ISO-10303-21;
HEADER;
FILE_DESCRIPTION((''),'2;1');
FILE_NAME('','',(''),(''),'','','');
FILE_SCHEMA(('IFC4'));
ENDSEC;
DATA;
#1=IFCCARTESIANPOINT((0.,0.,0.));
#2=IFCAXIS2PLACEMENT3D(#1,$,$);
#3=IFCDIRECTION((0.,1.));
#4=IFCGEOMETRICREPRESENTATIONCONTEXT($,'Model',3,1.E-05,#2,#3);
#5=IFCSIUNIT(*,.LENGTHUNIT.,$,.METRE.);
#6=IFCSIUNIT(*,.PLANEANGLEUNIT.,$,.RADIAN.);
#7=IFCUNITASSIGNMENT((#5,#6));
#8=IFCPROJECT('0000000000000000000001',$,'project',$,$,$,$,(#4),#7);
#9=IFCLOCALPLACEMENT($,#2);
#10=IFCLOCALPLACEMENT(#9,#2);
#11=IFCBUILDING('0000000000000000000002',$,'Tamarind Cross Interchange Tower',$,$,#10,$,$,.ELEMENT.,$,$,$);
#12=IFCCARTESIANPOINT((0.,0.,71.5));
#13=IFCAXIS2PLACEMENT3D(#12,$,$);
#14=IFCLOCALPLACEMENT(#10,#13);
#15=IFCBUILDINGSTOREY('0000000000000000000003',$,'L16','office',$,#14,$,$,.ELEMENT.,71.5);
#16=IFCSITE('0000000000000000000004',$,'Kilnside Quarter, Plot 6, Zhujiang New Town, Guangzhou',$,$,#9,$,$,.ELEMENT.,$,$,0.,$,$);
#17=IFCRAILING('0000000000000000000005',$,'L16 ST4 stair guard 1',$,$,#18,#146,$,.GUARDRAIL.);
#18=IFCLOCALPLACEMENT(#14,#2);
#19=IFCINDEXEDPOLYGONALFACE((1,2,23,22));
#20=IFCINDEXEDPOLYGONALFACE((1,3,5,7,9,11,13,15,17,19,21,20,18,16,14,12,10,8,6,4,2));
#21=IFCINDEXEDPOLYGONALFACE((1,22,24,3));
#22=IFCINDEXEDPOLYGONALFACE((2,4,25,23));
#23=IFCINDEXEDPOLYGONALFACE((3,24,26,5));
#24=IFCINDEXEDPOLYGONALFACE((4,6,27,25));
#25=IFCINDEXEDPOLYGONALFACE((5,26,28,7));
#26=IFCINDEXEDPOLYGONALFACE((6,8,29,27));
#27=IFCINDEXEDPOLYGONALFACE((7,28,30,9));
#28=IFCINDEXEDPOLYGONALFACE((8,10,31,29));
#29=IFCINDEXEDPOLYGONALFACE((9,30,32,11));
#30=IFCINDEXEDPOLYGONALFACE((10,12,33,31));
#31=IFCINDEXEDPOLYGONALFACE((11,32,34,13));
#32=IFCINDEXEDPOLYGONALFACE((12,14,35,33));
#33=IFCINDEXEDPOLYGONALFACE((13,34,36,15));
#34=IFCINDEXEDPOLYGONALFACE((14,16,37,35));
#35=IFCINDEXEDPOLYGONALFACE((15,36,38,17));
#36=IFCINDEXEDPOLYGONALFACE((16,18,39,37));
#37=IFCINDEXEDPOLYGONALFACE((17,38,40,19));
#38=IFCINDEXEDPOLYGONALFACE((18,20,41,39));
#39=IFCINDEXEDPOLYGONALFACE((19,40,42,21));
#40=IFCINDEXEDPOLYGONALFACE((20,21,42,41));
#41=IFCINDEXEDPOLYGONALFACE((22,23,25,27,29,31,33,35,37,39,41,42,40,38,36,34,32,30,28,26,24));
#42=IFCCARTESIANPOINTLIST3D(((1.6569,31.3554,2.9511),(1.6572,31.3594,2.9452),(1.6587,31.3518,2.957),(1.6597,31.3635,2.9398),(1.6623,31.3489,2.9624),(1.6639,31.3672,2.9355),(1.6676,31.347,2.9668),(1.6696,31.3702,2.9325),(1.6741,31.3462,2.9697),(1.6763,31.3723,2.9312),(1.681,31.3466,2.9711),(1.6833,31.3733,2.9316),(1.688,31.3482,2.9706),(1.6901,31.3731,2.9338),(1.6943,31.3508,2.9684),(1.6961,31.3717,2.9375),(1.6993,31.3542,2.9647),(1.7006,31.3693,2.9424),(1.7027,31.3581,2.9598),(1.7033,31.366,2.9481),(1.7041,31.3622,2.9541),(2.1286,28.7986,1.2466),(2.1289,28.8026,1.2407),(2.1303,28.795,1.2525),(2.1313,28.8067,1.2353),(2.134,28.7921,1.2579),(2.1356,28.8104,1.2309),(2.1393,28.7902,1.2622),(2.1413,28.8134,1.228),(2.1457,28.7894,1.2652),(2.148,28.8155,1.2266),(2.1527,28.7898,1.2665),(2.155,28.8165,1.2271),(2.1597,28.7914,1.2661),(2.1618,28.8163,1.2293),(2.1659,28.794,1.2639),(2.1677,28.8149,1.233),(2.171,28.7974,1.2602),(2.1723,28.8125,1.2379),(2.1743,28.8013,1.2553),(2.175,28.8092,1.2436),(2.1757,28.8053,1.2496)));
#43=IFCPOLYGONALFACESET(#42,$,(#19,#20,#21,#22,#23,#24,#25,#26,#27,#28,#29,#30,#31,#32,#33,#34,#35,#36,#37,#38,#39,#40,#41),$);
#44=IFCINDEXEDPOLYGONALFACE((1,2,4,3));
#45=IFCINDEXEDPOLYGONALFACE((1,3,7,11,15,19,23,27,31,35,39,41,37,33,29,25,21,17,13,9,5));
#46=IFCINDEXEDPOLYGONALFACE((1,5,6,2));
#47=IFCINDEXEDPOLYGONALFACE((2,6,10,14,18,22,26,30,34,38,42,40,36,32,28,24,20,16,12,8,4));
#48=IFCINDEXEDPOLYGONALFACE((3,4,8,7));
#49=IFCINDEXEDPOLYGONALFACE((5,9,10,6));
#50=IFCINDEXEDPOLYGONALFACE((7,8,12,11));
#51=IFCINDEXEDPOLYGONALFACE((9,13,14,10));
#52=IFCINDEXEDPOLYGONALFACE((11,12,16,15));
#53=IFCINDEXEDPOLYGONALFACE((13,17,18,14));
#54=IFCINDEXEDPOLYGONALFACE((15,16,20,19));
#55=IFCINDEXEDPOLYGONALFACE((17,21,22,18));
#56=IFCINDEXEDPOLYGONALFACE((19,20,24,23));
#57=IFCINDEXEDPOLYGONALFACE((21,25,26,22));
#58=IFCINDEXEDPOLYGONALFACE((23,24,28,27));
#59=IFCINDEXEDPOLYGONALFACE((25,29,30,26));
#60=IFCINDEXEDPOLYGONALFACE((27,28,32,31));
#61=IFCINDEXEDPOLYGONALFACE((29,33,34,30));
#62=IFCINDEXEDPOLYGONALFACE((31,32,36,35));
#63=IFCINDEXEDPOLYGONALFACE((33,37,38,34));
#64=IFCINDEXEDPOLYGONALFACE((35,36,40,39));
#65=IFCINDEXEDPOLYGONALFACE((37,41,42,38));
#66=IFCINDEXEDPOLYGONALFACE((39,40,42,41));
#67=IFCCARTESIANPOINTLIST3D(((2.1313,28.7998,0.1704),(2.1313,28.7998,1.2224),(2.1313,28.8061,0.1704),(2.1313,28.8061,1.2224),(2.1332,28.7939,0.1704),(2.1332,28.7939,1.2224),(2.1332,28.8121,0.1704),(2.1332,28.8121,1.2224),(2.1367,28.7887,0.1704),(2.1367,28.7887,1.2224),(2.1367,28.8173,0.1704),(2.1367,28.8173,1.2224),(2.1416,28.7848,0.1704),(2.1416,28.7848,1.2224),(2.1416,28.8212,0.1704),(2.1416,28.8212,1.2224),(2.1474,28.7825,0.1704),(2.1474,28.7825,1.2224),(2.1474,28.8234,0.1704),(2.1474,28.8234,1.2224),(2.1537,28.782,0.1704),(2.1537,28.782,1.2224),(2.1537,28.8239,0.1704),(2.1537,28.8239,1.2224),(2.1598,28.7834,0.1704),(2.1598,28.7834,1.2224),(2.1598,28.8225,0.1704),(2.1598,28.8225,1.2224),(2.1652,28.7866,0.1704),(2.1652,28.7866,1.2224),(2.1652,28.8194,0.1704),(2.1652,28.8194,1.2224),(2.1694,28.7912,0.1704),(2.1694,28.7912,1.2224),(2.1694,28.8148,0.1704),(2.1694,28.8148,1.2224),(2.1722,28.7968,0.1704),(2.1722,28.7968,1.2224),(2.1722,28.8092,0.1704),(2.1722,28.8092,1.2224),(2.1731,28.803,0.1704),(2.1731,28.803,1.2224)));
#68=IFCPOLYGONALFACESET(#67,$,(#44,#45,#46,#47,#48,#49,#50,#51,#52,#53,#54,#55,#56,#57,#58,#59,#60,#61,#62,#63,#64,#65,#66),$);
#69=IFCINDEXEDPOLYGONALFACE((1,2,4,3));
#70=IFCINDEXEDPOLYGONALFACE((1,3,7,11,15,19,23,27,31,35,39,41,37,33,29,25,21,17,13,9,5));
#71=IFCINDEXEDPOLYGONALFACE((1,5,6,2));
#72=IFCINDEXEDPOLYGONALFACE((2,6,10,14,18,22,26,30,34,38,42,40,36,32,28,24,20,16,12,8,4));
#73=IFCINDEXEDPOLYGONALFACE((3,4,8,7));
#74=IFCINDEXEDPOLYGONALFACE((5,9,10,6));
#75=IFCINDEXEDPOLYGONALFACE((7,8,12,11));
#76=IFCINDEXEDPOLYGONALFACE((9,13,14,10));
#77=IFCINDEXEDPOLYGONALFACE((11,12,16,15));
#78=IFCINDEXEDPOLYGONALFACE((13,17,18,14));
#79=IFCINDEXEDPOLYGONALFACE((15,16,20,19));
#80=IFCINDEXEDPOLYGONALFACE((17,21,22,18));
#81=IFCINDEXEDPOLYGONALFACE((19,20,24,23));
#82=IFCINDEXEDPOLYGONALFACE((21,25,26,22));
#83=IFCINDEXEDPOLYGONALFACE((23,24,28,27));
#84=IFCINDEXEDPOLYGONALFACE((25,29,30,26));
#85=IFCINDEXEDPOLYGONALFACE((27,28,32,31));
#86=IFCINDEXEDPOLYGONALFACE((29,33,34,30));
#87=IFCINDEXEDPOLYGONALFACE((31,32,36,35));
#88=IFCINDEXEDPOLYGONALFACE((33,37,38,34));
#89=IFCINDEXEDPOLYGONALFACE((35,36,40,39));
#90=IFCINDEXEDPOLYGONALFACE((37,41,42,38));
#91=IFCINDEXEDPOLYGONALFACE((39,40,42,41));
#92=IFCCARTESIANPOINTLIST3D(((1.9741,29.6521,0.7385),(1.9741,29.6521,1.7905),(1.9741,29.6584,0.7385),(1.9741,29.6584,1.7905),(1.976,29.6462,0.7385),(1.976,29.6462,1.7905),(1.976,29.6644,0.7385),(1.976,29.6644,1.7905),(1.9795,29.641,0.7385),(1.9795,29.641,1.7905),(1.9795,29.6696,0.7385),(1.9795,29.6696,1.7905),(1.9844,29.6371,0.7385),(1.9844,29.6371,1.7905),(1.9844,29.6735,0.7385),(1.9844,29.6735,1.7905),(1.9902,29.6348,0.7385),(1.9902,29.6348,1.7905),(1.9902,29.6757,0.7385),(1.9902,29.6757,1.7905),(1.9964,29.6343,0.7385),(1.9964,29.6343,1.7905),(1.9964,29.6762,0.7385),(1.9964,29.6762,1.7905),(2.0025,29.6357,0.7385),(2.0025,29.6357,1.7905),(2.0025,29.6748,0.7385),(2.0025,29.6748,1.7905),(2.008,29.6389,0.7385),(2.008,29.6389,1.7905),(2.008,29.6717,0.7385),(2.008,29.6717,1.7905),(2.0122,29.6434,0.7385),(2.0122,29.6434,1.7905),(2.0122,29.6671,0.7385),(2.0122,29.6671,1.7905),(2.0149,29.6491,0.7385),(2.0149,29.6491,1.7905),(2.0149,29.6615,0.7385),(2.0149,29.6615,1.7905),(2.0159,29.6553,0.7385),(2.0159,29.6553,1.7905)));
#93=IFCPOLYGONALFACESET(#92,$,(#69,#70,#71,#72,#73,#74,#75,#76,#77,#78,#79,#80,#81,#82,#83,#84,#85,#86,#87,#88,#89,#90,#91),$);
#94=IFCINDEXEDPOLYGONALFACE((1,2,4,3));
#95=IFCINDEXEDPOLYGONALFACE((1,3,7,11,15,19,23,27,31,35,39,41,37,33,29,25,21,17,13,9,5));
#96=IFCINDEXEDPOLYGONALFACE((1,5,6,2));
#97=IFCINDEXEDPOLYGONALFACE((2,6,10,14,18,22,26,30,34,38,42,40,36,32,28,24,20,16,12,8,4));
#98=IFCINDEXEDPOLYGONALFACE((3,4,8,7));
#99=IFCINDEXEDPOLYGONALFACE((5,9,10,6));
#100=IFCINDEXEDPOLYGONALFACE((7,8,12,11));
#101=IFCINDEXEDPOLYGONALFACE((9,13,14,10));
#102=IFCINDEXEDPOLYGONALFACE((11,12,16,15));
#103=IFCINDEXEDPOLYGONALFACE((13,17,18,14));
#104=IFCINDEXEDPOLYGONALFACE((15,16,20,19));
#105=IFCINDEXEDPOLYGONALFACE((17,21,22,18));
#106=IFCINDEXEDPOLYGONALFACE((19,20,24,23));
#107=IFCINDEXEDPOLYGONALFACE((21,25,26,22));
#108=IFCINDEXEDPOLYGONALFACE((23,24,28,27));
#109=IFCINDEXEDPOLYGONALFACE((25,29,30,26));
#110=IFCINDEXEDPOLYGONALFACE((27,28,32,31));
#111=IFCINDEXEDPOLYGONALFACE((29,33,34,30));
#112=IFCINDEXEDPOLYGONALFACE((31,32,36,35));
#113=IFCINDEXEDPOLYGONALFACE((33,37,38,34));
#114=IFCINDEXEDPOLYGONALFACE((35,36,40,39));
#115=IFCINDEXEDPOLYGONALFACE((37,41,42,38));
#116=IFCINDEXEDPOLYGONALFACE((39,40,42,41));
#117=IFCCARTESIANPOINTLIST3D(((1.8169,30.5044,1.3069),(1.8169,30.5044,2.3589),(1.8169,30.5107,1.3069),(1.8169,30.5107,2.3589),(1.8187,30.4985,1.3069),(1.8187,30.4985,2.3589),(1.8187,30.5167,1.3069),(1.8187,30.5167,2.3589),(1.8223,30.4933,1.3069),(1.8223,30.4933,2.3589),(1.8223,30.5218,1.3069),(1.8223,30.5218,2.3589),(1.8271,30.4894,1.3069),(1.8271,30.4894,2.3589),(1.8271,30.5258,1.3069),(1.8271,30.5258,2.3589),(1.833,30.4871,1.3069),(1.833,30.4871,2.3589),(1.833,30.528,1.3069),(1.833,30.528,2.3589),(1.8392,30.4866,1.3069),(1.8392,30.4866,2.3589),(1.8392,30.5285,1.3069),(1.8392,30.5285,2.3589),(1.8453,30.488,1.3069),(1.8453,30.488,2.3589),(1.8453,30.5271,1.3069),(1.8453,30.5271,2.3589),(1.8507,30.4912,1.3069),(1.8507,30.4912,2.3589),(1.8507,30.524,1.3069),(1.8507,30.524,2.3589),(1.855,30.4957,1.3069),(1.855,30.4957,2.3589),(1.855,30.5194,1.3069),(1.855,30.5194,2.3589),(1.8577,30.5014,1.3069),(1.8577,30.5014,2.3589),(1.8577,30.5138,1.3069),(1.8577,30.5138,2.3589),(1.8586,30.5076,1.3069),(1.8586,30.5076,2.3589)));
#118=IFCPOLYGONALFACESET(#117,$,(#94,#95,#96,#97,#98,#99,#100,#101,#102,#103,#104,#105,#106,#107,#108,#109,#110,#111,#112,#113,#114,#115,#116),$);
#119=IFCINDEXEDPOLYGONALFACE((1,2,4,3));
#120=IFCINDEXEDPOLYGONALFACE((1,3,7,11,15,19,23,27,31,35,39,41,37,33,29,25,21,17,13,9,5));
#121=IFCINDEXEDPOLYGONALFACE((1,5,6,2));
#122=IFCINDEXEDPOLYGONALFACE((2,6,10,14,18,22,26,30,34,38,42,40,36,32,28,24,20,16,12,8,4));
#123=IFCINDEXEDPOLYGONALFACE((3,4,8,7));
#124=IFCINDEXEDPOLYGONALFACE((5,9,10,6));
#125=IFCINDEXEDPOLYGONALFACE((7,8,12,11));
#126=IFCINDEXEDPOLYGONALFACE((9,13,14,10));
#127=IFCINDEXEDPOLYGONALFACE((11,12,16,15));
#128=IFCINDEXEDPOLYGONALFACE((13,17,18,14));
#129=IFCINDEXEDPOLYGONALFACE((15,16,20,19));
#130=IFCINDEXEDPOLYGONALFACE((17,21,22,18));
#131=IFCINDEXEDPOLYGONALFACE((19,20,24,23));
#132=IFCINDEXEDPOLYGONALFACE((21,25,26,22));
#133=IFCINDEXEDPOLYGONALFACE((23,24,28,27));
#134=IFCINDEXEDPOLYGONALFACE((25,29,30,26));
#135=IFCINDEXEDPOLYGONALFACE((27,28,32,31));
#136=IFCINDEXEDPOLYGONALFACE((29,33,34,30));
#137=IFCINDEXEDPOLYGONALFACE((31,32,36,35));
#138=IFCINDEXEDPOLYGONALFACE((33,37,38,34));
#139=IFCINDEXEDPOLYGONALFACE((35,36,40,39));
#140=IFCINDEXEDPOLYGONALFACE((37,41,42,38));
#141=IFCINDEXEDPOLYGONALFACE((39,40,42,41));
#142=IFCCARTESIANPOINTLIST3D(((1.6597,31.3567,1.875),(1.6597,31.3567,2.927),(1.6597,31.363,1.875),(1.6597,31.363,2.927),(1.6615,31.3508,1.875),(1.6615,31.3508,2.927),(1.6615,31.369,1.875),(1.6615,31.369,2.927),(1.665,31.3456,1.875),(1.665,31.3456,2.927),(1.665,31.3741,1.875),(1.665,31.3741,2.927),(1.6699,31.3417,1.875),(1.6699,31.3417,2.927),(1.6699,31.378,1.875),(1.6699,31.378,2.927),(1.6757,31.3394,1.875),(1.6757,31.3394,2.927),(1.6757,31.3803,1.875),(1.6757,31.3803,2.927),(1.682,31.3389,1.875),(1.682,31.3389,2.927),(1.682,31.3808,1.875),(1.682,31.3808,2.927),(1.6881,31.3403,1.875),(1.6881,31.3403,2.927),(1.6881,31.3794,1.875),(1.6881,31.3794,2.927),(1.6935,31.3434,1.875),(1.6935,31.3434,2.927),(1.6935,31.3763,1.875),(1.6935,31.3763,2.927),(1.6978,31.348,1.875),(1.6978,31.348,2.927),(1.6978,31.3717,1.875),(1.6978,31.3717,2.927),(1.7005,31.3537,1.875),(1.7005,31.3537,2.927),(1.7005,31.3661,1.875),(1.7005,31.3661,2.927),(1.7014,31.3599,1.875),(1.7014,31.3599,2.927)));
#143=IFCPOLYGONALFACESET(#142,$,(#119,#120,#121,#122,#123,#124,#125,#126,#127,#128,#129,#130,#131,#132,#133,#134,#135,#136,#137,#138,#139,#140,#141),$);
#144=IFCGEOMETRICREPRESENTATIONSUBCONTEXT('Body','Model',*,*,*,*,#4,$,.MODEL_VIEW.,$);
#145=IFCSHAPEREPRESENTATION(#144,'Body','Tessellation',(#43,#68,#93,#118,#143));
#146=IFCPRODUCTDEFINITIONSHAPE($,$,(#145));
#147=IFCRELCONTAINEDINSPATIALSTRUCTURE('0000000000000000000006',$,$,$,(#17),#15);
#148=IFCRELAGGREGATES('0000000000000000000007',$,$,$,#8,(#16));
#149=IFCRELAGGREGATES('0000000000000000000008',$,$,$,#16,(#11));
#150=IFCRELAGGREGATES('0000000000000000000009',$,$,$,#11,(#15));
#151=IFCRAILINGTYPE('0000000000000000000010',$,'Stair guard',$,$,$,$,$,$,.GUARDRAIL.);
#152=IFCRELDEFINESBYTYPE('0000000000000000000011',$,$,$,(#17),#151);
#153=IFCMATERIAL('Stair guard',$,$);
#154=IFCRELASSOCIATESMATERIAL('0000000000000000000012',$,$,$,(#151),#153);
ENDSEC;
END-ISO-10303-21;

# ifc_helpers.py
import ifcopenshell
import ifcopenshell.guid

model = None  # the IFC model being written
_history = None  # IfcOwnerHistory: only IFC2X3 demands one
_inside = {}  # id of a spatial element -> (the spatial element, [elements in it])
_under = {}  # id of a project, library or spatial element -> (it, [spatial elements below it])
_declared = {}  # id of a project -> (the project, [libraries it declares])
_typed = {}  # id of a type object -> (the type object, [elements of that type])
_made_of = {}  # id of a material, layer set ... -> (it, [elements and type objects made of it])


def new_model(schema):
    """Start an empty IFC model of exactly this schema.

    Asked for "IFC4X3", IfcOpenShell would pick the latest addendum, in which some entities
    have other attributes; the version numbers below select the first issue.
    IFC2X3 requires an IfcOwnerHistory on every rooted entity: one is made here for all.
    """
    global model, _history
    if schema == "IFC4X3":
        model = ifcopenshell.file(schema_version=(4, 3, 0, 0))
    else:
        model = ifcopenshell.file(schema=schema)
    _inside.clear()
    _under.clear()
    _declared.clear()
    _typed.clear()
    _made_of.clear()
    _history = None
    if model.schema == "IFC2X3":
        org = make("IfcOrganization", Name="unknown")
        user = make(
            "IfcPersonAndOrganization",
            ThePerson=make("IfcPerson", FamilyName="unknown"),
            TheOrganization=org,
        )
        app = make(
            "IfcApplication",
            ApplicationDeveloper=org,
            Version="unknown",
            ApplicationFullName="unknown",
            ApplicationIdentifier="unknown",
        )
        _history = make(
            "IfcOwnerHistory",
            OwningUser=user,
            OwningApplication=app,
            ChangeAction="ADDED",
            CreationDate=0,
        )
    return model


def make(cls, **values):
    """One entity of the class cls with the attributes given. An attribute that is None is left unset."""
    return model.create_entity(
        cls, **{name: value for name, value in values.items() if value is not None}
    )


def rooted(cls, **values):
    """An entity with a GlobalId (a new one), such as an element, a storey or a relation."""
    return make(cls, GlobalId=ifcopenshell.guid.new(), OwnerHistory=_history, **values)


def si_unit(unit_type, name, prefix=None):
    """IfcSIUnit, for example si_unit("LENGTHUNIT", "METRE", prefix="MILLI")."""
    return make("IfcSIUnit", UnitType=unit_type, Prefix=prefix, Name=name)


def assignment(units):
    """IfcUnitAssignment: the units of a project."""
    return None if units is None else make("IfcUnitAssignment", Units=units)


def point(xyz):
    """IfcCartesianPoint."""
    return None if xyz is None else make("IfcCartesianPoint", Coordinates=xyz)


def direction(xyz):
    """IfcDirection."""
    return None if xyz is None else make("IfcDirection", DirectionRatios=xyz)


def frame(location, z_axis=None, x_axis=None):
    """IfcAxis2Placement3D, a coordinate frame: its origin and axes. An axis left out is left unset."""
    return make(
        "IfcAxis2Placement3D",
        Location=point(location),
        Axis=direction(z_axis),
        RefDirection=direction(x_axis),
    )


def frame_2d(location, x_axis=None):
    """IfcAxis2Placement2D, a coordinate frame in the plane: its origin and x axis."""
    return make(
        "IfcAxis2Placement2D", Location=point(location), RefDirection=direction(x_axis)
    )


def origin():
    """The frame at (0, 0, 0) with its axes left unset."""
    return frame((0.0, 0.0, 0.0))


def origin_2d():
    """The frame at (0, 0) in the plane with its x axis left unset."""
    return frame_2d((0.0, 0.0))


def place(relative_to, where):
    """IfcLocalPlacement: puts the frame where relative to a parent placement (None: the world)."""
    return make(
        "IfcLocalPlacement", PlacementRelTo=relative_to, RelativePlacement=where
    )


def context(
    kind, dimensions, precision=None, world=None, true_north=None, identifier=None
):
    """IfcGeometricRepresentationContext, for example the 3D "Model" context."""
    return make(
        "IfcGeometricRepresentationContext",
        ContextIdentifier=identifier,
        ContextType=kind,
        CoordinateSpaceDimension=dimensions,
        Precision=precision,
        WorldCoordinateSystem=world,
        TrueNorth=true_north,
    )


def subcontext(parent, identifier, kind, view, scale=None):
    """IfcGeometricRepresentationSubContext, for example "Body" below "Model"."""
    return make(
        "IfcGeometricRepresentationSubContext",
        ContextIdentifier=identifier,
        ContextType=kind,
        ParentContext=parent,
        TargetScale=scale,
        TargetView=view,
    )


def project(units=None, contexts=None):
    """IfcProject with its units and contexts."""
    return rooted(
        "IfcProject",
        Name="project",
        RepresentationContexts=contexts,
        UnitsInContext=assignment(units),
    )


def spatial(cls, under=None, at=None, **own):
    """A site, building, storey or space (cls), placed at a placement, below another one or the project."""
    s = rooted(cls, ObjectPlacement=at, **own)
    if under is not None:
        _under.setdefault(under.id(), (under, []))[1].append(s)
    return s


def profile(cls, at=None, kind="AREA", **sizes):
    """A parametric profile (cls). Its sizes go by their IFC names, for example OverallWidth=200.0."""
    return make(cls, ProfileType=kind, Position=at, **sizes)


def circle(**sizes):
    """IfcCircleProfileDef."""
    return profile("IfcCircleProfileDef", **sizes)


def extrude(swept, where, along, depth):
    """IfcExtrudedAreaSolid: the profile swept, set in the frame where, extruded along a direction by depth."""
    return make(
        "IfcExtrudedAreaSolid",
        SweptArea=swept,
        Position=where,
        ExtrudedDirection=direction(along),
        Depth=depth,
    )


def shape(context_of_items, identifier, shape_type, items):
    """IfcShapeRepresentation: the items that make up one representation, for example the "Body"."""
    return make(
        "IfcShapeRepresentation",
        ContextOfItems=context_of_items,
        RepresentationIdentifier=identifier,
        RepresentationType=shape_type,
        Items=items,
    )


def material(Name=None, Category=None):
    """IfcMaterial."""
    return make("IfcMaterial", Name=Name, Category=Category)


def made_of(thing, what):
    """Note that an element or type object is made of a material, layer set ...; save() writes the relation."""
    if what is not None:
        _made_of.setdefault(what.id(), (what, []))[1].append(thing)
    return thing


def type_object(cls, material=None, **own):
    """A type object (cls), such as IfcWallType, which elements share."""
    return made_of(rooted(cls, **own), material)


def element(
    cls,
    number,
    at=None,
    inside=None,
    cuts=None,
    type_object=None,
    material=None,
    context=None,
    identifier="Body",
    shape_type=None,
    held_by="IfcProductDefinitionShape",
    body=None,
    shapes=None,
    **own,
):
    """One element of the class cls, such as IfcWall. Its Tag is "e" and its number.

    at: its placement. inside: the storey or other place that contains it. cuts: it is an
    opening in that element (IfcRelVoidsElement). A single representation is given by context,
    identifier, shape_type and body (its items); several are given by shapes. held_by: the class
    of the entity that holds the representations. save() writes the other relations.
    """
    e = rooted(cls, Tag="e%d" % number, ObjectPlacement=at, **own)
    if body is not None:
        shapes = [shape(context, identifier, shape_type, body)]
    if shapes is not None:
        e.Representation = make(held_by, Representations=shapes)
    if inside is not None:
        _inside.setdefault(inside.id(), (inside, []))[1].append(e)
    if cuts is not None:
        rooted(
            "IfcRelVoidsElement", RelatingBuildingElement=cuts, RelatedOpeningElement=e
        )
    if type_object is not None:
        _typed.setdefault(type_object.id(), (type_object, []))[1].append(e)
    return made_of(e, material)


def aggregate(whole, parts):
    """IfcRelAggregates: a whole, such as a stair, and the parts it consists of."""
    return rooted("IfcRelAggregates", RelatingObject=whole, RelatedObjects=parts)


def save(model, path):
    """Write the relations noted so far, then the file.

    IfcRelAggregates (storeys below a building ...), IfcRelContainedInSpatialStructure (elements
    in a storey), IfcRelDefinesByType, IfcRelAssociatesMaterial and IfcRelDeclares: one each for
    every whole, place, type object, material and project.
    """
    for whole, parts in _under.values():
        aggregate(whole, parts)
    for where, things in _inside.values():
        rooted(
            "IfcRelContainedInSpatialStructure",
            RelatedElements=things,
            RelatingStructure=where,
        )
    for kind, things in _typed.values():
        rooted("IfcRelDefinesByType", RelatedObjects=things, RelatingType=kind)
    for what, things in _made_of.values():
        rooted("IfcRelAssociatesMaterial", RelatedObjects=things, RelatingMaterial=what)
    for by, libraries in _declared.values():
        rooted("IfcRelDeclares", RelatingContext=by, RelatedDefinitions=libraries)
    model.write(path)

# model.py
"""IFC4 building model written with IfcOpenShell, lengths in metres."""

from ifc_helpers import new_model, si_unit, direction, frame, origin, origin_2d, place, context, subcontext, project, spatial, circle, extrude, material, type_object, element, save


model = new_model("IFC4")

# Units and contexts
model_context = context("Model", 3, precision=1e-05, world=origin(), true_north=direction((0.0, 1.0)))
body_context = subcontext(model_context, "Body", "Model", "MODEL_VIEW")
ifc_project = project(units=[si_unit("LENGTHUNIT", "METRE"), si_unit("PLANEANGLEUNIT", "RADIAN")], contexts=[model_context])

# Site, building, storey
site_placement = place(None, origin())
site = spatial("IfcSite", under=ifc_project, at=site_placement, Name="Kilnside Quarter, Plot 6, Zhujiang New Town, Guangzhou", CompositionType="ELEMENT", RefElevation=0.0)
building_placement = place(site_placement, origin())
building = spatial("IfcBuilding", under=site, at=building_placement, Name="Tamarind Cross Interchange Tower", CompositionType="ELEMENT")
storey_placement = place(building_placement, frame((0.0, 0.0, 71.5)))
storey = spatial("IfcBuildingStorey", under=building, at=storey_placement, Name="L16", Description="office", CompositionType="ELEMENT", Elevation=71.5)

# Railing
ifc_material_1 = material(Name="Stair guard")
railing_type_1 = type_object("IfcRailingType", Name="Stair guard", PredefinedType="GUARDRAIL", material=ifc_material_1)
railing_1_placement = place(storey_placement, frame((2.1521, 28.803, 0.1704)))
element("IfcRailing", 1, at=railing_1_placement, inside=storey, type_object=railing_type_1, Name="L16 ST4 stair guard 1", PredefinedType="GUARDRAIL", context=body_context, shape_type="SweptSolid", body=[
    extrude(circle(Radius=0.0239, at=origin_2d()), frame((0.0, 0.0, 1.0762), z_axis=(-0.151715, 0.822419, 0.548279), x_axis=(-0.983407, -0.181413, 0.0)), (0.0, 0.0, 1.0), 3.1089),
    extrude(circle(Radius=0.021, at=origin_2d()), origin(), (0.0, 0.0, 1.0), 1.052),
    extrude(circle(Radius=0.021, at=origin_2d()), frame((-0.1572, 0.8523, 0.5681)), (0.0, 0.0, 1.0), 1.052),
    extrude(circle(Radius=0.021, at=origin_2d()), frame((-0.3145, 1.7046, 1.1365)), (0.0, 0.0, 1.0), 1.052),
    extrude(circle(Radius=0.021, at=origin_2d()), frame((-0.4717, 2.5569, 1.7046)), (0.0, 0.0, 1.0), 1.052),
])

save(model, "model.ifc")
